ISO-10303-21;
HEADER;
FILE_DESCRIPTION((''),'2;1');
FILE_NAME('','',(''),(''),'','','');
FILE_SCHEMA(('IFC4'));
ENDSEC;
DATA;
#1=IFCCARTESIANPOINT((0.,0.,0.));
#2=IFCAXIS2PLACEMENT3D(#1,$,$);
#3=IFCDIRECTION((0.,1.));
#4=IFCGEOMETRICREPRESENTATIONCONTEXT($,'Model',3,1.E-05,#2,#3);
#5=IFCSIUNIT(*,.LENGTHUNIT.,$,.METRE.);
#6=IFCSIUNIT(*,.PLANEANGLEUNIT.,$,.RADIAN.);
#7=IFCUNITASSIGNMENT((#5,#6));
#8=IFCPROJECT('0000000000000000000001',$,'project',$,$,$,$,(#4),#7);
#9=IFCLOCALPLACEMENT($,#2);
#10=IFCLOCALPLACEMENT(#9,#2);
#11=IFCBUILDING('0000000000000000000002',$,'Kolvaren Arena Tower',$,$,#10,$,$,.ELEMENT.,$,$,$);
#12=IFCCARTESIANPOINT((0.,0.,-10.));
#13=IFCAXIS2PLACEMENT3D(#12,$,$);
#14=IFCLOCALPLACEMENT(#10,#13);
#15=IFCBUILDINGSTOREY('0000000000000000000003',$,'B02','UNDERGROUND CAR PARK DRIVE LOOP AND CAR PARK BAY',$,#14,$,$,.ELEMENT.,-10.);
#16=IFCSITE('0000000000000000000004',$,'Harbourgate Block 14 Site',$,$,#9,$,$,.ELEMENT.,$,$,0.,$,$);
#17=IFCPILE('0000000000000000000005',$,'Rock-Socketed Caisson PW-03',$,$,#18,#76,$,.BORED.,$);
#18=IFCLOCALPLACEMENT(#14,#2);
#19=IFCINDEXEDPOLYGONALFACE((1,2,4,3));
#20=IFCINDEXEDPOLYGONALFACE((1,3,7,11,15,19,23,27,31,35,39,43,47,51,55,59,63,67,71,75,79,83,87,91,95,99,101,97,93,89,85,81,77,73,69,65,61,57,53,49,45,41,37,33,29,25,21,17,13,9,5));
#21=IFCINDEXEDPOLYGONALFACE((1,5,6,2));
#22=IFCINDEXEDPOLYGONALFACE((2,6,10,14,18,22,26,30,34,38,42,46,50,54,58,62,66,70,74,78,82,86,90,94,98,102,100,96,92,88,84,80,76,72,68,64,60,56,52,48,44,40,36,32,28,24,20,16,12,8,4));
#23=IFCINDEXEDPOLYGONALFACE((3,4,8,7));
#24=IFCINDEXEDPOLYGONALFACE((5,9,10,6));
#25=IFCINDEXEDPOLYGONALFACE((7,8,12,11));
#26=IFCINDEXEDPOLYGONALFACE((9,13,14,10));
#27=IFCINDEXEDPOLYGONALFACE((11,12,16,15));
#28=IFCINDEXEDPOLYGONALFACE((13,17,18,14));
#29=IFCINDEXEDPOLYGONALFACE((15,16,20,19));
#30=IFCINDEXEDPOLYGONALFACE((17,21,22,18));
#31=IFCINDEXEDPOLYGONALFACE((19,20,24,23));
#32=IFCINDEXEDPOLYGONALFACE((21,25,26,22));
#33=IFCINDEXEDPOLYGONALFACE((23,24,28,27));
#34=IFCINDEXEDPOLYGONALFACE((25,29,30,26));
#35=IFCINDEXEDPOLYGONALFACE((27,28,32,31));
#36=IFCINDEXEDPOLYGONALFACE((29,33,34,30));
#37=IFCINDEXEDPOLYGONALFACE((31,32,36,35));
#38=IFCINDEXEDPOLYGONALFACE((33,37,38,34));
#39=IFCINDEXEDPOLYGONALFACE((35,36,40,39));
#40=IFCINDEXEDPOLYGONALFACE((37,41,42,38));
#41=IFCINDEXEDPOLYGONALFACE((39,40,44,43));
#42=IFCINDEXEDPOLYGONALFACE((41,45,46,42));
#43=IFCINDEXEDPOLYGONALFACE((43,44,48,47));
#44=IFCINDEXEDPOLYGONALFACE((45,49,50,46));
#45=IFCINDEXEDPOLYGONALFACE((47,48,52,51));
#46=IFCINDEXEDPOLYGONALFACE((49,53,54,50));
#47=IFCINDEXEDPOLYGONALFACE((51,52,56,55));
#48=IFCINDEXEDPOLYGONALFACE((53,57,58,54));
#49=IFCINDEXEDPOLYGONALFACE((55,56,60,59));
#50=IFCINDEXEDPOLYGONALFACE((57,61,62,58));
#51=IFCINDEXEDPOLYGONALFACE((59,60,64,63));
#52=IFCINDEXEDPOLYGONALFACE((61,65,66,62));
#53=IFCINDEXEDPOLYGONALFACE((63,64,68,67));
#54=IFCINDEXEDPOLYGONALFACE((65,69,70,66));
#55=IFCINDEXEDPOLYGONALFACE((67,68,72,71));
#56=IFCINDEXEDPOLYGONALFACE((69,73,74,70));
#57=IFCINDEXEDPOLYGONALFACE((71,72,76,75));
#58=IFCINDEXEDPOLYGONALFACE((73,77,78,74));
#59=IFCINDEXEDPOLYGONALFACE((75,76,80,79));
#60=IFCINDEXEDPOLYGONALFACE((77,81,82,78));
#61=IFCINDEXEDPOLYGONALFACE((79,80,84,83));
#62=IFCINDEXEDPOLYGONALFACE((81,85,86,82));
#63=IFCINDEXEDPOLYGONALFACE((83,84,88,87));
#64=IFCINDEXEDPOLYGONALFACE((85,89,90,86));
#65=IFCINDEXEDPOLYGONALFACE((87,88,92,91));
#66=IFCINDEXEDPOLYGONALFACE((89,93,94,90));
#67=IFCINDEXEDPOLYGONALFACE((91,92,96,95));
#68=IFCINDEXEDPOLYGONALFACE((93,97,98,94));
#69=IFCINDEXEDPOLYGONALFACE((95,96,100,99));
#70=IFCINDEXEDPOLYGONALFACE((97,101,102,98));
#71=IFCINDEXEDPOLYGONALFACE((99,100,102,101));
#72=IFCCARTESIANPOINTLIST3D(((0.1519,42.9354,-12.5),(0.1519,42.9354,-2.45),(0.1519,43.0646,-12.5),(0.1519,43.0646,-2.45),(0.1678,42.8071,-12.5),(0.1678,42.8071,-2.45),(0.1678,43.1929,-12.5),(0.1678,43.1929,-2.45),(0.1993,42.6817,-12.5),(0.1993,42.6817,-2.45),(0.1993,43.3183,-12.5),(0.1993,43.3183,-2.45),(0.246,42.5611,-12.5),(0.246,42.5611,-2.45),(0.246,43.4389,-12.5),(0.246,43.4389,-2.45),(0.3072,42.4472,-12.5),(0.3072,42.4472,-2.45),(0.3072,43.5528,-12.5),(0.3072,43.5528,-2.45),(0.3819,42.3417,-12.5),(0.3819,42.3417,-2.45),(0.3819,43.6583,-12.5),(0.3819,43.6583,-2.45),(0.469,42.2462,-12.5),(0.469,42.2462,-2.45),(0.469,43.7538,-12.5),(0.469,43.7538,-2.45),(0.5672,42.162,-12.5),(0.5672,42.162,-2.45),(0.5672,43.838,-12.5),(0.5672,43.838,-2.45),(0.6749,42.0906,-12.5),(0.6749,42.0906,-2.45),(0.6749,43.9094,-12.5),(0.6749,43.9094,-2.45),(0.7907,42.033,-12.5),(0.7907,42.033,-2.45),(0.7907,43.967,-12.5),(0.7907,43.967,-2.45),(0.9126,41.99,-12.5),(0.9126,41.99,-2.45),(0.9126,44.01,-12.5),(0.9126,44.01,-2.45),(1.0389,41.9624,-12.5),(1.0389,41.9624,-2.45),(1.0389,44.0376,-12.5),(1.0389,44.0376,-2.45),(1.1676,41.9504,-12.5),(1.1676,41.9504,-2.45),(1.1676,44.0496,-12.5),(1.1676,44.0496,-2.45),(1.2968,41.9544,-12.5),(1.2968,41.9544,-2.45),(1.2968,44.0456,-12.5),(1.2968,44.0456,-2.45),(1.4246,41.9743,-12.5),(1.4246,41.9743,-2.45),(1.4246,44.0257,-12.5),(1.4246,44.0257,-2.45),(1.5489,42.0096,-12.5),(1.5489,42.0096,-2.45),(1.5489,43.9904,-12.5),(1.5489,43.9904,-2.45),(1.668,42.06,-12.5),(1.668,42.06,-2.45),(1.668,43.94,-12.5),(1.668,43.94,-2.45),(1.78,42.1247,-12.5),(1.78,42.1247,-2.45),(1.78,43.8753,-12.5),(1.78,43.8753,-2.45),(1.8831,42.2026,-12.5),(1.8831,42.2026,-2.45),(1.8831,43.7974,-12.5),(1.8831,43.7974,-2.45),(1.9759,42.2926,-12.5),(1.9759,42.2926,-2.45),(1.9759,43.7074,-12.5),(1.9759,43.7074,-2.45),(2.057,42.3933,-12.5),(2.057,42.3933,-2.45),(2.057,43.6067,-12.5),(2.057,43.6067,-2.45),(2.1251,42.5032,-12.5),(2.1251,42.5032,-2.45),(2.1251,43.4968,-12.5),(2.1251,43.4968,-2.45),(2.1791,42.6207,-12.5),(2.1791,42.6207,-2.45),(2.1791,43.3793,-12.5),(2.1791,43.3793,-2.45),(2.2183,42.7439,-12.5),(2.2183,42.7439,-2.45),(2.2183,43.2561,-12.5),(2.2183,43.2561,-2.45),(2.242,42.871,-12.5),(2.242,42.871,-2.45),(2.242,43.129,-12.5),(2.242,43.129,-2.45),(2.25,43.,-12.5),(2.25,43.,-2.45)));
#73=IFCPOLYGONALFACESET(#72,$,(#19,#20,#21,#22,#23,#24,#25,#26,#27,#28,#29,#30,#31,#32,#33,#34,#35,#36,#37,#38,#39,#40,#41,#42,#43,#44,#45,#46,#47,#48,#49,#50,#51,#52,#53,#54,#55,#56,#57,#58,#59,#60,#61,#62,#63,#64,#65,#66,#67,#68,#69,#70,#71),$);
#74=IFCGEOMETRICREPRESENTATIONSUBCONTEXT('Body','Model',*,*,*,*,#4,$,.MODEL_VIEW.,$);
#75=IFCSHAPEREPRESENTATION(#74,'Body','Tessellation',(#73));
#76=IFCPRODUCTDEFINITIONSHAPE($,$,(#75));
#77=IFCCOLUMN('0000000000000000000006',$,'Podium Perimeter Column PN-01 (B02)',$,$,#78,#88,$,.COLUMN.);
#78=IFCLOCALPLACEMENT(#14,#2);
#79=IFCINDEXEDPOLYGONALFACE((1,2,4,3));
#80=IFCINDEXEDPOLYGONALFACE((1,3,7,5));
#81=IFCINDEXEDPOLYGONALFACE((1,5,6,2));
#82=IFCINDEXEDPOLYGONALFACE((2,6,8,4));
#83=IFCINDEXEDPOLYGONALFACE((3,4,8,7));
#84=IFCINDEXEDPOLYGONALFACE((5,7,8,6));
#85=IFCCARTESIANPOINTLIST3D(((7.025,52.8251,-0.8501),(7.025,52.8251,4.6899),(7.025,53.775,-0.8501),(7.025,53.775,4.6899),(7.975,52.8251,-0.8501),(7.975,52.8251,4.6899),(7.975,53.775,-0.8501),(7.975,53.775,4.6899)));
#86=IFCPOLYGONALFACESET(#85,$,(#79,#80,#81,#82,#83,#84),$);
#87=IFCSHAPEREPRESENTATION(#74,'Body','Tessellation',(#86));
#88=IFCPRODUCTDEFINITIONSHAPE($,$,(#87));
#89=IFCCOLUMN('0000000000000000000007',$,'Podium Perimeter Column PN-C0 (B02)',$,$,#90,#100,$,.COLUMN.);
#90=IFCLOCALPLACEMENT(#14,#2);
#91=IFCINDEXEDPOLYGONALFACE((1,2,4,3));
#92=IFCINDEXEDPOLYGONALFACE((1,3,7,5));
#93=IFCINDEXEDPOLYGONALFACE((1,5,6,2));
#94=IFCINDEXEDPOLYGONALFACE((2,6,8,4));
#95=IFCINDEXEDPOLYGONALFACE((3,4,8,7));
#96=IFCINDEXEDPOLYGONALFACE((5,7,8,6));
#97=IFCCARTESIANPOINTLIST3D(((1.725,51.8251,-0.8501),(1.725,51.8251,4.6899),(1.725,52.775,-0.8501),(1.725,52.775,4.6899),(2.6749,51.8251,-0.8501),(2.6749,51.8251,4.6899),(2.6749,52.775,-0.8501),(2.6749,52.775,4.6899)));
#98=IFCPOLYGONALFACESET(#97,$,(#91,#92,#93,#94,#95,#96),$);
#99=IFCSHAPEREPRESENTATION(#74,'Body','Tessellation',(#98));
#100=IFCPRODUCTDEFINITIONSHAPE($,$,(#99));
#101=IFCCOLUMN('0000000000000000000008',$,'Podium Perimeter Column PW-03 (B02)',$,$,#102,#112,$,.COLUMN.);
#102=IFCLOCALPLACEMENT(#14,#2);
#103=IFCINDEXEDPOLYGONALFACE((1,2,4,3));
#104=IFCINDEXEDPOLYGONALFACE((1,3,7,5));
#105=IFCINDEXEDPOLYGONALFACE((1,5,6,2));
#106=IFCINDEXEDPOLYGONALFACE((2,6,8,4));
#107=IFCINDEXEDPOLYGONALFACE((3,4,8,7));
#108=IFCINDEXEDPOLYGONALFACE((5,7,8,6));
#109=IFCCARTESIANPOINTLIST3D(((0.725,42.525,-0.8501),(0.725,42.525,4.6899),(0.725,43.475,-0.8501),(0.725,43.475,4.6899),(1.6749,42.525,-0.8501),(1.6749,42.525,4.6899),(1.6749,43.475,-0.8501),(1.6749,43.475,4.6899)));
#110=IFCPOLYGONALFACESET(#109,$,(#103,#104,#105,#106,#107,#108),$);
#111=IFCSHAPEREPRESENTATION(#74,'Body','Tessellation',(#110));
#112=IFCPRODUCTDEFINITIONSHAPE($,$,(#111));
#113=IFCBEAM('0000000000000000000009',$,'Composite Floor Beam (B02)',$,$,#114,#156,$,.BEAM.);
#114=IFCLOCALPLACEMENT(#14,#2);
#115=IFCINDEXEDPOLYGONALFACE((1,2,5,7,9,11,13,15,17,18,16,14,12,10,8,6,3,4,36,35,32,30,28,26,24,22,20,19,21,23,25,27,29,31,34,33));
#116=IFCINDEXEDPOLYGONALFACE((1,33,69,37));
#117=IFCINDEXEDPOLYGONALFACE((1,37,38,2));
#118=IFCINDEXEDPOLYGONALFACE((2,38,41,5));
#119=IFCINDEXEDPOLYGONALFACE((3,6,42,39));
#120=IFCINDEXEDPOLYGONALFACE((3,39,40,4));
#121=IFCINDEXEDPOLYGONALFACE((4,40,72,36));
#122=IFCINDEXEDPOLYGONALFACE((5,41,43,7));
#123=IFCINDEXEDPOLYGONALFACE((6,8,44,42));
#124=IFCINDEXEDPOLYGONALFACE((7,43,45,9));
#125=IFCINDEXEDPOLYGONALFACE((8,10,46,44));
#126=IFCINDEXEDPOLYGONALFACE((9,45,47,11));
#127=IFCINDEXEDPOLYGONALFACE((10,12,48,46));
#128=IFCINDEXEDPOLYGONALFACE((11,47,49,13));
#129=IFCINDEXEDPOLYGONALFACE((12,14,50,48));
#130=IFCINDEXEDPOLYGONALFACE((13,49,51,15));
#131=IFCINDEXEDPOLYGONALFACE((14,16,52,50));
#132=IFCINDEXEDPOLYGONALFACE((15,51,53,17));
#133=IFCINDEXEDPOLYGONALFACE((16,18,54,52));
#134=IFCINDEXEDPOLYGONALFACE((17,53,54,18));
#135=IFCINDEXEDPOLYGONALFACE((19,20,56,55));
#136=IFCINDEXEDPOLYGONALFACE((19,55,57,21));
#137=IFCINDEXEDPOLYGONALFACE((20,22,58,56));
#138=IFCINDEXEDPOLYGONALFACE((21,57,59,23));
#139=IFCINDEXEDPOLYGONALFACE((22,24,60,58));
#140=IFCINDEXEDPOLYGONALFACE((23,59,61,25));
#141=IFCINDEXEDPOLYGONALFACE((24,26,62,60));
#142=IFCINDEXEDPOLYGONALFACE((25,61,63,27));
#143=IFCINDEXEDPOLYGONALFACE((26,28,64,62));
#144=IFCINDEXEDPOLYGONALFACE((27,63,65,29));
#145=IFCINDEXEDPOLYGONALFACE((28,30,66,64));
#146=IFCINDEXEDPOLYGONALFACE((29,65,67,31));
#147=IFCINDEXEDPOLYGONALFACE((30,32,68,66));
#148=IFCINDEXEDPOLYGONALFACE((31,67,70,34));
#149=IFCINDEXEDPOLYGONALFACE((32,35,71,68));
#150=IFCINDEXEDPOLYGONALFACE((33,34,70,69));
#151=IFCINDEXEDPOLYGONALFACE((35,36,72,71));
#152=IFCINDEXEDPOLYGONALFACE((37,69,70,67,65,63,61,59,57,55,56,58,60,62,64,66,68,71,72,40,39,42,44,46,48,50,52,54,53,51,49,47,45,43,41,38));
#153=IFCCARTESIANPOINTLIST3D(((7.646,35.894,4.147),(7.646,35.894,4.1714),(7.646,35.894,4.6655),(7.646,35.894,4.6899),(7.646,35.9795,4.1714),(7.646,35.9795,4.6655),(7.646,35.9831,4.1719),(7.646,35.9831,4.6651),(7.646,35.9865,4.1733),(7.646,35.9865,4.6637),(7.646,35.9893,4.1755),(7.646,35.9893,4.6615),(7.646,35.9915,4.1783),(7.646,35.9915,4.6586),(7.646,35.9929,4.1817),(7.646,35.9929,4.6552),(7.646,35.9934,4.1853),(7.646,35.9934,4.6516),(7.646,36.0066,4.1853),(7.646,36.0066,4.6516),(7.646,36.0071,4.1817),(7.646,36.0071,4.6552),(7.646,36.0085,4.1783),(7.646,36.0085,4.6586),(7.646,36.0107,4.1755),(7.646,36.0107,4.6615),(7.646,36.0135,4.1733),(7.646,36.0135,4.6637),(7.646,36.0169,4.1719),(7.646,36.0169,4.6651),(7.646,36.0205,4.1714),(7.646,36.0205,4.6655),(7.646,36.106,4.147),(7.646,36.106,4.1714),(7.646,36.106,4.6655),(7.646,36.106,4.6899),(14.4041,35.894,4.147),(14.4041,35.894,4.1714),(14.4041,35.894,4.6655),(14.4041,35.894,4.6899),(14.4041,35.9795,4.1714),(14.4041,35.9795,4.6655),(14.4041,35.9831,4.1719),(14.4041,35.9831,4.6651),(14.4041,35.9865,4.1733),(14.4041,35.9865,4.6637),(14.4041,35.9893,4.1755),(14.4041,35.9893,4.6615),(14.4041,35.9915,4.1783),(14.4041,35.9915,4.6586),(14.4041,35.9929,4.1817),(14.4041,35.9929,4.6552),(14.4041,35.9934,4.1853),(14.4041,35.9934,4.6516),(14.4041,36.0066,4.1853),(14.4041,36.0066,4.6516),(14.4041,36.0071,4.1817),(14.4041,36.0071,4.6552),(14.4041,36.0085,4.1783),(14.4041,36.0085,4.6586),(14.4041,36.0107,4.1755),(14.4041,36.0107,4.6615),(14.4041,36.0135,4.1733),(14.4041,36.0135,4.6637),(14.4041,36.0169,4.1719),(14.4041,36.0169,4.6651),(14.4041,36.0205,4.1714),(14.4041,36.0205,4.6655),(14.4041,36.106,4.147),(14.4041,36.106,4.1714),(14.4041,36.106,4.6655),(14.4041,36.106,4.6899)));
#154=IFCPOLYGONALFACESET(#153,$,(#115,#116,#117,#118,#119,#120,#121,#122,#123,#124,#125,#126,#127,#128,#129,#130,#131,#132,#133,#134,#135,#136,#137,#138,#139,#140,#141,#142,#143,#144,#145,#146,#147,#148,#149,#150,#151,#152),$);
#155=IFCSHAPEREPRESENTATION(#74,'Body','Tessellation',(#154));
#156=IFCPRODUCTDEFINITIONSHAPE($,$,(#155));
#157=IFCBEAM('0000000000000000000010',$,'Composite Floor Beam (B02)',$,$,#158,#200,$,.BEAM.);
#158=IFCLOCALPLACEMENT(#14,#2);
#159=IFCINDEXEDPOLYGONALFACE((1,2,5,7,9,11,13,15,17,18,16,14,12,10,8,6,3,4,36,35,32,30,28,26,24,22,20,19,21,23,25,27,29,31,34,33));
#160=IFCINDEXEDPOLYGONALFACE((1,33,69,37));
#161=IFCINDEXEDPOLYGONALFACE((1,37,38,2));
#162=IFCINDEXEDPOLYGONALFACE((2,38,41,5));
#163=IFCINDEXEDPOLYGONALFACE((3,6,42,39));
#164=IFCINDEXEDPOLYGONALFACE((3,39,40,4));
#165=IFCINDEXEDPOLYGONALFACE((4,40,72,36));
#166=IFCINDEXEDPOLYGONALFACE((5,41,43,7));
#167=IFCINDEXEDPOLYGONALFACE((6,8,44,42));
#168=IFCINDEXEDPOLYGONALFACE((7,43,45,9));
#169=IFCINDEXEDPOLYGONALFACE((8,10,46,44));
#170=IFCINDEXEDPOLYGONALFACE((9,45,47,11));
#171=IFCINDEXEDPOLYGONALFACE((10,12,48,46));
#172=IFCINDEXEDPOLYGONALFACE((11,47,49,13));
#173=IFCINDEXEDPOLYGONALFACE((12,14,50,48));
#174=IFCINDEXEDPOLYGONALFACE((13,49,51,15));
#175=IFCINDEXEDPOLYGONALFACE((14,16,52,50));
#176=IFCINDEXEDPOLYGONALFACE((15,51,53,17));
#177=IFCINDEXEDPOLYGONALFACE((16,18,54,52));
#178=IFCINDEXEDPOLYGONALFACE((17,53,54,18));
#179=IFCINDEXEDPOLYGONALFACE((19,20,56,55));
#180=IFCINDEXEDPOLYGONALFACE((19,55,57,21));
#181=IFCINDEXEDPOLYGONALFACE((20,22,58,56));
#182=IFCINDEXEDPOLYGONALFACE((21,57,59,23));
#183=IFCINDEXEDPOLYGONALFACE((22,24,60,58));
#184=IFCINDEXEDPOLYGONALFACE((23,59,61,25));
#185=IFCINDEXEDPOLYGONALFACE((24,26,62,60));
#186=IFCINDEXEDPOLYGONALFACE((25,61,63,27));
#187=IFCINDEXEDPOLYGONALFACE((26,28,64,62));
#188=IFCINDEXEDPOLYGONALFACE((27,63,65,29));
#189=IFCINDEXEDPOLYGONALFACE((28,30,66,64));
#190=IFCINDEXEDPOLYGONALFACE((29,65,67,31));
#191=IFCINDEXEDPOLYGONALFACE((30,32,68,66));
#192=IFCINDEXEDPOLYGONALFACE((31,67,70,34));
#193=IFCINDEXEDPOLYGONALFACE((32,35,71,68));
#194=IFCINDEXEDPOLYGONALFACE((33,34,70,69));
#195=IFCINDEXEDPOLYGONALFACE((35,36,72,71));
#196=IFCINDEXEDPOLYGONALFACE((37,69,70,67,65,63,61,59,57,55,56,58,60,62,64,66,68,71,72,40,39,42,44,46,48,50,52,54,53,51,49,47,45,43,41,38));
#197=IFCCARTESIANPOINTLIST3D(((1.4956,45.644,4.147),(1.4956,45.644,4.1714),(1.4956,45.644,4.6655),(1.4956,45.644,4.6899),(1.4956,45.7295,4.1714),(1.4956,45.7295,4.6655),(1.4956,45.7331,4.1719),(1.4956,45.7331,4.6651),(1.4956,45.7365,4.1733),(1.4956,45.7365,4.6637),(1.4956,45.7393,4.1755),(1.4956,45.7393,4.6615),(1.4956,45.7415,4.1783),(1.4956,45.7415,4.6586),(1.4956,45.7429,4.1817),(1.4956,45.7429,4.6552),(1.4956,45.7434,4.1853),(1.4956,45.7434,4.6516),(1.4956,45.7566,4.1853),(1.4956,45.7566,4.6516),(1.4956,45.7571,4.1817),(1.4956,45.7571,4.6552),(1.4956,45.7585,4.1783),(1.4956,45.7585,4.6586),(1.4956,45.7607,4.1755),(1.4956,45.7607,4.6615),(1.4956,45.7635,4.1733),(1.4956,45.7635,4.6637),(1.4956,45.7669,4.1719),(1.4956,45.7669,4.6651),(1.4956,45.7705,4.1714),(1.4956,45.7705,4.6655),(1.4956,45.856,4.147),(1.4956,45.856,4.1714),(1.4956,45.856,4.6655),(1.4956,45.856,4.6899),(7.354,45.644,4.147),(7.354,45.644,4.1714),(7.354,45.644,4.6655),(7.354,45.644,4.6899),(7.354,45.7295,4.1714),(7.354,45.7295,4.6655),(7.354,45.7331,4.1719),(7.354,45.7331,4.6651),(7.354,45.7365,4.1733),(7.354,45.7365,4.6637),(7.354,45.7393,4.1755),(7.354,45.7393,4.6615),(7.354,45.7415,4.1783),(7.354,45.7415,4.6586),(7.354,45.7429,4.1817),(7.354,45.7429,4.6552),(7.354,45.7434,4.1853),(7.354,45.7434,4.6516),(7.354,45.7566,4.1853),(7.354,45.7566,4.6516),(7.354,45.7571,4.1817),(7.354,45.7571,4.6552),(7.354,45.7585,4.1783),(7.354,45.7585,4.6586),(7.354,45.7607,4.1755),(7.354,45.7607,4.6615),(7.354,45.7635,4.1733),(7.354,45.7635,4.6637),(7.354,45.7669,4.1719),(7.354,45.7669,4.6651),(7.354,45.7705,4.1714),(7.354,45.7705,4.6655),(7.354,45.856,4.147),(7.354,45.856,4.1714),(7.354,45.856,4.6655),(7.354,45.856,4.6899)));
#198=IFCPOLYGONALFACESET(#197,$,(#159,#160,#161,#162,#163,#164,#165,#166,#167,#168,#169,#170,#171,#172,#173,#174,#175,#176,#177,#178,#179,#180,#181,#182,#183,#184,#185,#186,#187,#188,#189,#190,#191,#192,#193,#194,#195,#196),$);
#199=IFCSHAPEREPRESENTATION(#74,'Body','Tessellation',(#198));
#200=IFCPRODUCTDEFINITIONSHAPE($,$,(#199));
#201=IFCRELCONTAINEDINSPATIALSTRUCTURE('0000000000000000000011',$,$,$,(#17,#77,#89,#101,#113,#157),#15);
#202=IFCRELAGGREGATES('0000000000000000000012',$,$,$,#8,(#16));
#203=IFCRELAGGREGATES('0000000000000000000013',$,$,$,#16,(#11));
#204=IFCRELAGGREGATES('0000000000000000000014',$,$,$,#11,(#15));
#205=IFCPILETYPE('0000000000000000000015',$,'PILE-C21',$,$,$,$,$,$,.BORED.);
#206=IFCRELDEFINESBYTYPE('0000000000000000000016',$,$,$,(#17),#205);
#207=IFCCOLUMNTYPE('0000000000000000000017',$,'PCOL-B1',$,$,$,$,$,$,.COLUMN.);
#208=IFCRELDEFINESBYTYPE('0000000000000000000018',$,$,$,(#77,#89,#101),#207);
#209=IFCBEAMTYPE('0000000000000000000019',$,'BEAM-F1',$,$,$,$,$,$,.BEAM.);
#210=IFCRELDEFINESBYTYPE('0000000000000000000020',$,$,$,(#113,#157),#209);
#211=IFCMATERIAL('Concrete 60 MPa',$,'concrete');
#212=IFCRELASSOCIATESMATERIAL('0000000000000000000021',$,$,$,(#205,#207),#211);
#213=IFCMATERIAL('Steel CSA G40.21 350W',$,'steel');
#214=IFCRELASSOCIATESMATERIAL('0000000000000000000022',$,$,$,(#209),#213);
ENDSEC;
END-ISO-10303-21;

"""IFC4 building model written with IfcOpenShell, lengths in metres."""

from ifc_helpers import new_model, si_unit, direction, frame, origin, origin_2d, place, context, subcontext, project, spatial, rectangle, circle, i_section, extrude, material, material_profile, profile_set, type_object, element, save


model = new_model("IFC4")

# Units and contexts
model_context = context("Model", 3, precision=1e-05, world=origin(), true_north=direction((0.0, 1.0)))
body_context = subcontext(model_context, "Body", "Model", "MODEL_VIEW")
ifc_project = project(units=[si_unit("LENGTHUNIT", "METRE"), si_unit("PLANEANGLEUNIT", "RADIAN")], contexts=[model_context])

# Site, building, storey
site_placement = place(None, origin())
site = spatial("IfcSite", under=ifc_project, at=site_placement, Name="Harbourgate Block 14 Site", CompositionType="ELEMENT", RefElevation=0.0)
building_placement = place(site_placement, origin())
building = spatial("IfcBuilding", under=site, at=building_placement, Name="Kolvaren Arena Tower", CompositionType="ELEMENT")
storey_placement = place(building_placement, frame((0.0, 0.0, -10.0)))
storey = spatial("IfcBuildingStorey", under=building, at=storey_placement, Name="B02", Description="UNDERGROUND CAR PARK DRIVE LOOP AND CAR PARK BAY", CompositionType="ELEMENT", Elevation=-10.0)

# Pile
ifc_material_1 = material(Name="Concrete 60 MPa", Category="concrete")
ifc_material_profile_1 = material_profile(ifc_material_1, circle(Radius=1.05, at=origin_2d()), Name="CAISSON-D2100")
ifc_profile_set_1 = profile_set([ifc_material_profile_1], Name="Concrete 60 MPa")
pile_type = type_object("IfcPileType", Name="PILE-C21", PredefinedType="BORED", material=ifc_profile_set_1)
for number, where, z_axis, x_axis, name in (
    (1, (1.2, 43.0, -2.45), (0.0, 0.0, -1.0), (1.0, 0.0, 0.0), "Rock-Socketed Caisson PW-03"),
):
    element("IfcPile", number, at=place(storey_placement, frame(where, z_axis=z_axis, x_axis=x_axis)), inside=storey, type_object=pile_type, Name=name, PredefinedType="BORED", context=body_context, shape_type="SweptSolid", body=[
        extrude(circle(Radius=1.05, at=origin_2d()), origin(), (0.0, 0.0, 1.0), 10.05),
    ])

# Columns
ifc_material_profile_2 = material_profile(ifc_material_1, rectangle(XDim=0.95, YDim=0.95, at=origin_2d()), Name="RC-950x950")
ifc_profile_set_2 = profile_set([ifc_material_profile_2], Name="Concrete 60 MPa")
column_type = type_object("IfcColumnType", Name="PCOL-B1", PredefinedType="COLUMN", material=ifc_profile_set_2)
for number, where, z_axis, x_axis, name in (
    (2, (7.5, 53.3, -0.8501), (0.0, 0.0, 1.0), (1.0, 0.0, 0.0), "Podium Perimeter Column PN-01 (B02)"),
    (3, (2.2, 52.3, -0.8501), (0.0, 0.0, 1.0), (1.0, 0.0, 0.0), "Podium Perimeter Column PN-C0 (B02)"),
    (4, (1.2, 43.0, -0.8501), (0.0, 0.0, 1.0), (1.0, 0.0, 0.0), "Podium Perimeter Column PW-03 (B02)"),
):
    element("IfcColumn", number, at=place(storey_placement, frame(where, z_axis=z_axis, x_axis=x_axis)), inside=storey, type_object=column_type, Name=name, PredefinedType="COLUMN", context=body_context, shape_type="SweptSolid", body=[
        extrude(rectangle(XDim=0.95, YDim=0.95, at=origin_2d()), origin(), (0.0, 0.0, 1.0), 5.54),
    ])

# Beams
ifc_material_2 = material(Name="Steel CSA G40.21 350W", Category="steel")
ifc_material_profile_3 = material_profile(ifc_material_2, i_section(OverallWidth=0.2119, OverallDepth=0.543, WebThickness=0.0132, FlangeThickness=0.0244, FilletRadius=0.0139, at=origin_2d()), Name="W530x150")
ifc_profile_set_3 = profile_set([ifc_material_profile_3], Name="Steel CSA G40.21 350W")
beam_type_1 = type_object("IfcBeamType", Name="BEAM-F1", PredefinedType="BEAM", material=ifc_profile_set_3)
beam_1_placement = place(storey_placement, frame((7.646, 36.0, 4.4185), z_axis=(1.0, 0.0, 0.0), x_axis=(0.0, 1.0, 0.0)))
element("IfcBeam", 5, at=beam_1_placement, inside=storey, type_object=beam_type_1, Name="Composite Floor Beam (B02)", PredefinedType="BEAM", context=body_context, shape_type="SweptSolid", body=[
    extrude(i_section(OverallWidth=0.2119, OverallDepth=0.543, WebThickness=0.0132, FlangeThickness=0.0244, FilletRadius=0.0139, at=origin_2d()), origin(), (0.0, 0.0, 1.0), 6.7581),
])
beam_2_placement = place(storey_placement, frame((1.4956, 45.75, 4.4185), z_axis=(1.0, 0.0, 0.0), x_axis=(0.0, 1.0, 0.0)))
element("IfcBeam", 6, at=beam_2_placement, inside=storey, type_object=beam_type_1, Name="Composite Floor Beam (B02)", PredefinedType="BEAM", context=body_context, shape_type="SweptSolid", body=[
    extrude(i_section(OverallWidth=0.2119, OverallDepth=0.543, WebThickness=0.0132, FlangeThickness=0.0244, FilletRadius=0.0139, at=origin_2d()), origin(), (0.0, 0.0, 1.0), 5.8584),
])

save(model, "model.ifc")
